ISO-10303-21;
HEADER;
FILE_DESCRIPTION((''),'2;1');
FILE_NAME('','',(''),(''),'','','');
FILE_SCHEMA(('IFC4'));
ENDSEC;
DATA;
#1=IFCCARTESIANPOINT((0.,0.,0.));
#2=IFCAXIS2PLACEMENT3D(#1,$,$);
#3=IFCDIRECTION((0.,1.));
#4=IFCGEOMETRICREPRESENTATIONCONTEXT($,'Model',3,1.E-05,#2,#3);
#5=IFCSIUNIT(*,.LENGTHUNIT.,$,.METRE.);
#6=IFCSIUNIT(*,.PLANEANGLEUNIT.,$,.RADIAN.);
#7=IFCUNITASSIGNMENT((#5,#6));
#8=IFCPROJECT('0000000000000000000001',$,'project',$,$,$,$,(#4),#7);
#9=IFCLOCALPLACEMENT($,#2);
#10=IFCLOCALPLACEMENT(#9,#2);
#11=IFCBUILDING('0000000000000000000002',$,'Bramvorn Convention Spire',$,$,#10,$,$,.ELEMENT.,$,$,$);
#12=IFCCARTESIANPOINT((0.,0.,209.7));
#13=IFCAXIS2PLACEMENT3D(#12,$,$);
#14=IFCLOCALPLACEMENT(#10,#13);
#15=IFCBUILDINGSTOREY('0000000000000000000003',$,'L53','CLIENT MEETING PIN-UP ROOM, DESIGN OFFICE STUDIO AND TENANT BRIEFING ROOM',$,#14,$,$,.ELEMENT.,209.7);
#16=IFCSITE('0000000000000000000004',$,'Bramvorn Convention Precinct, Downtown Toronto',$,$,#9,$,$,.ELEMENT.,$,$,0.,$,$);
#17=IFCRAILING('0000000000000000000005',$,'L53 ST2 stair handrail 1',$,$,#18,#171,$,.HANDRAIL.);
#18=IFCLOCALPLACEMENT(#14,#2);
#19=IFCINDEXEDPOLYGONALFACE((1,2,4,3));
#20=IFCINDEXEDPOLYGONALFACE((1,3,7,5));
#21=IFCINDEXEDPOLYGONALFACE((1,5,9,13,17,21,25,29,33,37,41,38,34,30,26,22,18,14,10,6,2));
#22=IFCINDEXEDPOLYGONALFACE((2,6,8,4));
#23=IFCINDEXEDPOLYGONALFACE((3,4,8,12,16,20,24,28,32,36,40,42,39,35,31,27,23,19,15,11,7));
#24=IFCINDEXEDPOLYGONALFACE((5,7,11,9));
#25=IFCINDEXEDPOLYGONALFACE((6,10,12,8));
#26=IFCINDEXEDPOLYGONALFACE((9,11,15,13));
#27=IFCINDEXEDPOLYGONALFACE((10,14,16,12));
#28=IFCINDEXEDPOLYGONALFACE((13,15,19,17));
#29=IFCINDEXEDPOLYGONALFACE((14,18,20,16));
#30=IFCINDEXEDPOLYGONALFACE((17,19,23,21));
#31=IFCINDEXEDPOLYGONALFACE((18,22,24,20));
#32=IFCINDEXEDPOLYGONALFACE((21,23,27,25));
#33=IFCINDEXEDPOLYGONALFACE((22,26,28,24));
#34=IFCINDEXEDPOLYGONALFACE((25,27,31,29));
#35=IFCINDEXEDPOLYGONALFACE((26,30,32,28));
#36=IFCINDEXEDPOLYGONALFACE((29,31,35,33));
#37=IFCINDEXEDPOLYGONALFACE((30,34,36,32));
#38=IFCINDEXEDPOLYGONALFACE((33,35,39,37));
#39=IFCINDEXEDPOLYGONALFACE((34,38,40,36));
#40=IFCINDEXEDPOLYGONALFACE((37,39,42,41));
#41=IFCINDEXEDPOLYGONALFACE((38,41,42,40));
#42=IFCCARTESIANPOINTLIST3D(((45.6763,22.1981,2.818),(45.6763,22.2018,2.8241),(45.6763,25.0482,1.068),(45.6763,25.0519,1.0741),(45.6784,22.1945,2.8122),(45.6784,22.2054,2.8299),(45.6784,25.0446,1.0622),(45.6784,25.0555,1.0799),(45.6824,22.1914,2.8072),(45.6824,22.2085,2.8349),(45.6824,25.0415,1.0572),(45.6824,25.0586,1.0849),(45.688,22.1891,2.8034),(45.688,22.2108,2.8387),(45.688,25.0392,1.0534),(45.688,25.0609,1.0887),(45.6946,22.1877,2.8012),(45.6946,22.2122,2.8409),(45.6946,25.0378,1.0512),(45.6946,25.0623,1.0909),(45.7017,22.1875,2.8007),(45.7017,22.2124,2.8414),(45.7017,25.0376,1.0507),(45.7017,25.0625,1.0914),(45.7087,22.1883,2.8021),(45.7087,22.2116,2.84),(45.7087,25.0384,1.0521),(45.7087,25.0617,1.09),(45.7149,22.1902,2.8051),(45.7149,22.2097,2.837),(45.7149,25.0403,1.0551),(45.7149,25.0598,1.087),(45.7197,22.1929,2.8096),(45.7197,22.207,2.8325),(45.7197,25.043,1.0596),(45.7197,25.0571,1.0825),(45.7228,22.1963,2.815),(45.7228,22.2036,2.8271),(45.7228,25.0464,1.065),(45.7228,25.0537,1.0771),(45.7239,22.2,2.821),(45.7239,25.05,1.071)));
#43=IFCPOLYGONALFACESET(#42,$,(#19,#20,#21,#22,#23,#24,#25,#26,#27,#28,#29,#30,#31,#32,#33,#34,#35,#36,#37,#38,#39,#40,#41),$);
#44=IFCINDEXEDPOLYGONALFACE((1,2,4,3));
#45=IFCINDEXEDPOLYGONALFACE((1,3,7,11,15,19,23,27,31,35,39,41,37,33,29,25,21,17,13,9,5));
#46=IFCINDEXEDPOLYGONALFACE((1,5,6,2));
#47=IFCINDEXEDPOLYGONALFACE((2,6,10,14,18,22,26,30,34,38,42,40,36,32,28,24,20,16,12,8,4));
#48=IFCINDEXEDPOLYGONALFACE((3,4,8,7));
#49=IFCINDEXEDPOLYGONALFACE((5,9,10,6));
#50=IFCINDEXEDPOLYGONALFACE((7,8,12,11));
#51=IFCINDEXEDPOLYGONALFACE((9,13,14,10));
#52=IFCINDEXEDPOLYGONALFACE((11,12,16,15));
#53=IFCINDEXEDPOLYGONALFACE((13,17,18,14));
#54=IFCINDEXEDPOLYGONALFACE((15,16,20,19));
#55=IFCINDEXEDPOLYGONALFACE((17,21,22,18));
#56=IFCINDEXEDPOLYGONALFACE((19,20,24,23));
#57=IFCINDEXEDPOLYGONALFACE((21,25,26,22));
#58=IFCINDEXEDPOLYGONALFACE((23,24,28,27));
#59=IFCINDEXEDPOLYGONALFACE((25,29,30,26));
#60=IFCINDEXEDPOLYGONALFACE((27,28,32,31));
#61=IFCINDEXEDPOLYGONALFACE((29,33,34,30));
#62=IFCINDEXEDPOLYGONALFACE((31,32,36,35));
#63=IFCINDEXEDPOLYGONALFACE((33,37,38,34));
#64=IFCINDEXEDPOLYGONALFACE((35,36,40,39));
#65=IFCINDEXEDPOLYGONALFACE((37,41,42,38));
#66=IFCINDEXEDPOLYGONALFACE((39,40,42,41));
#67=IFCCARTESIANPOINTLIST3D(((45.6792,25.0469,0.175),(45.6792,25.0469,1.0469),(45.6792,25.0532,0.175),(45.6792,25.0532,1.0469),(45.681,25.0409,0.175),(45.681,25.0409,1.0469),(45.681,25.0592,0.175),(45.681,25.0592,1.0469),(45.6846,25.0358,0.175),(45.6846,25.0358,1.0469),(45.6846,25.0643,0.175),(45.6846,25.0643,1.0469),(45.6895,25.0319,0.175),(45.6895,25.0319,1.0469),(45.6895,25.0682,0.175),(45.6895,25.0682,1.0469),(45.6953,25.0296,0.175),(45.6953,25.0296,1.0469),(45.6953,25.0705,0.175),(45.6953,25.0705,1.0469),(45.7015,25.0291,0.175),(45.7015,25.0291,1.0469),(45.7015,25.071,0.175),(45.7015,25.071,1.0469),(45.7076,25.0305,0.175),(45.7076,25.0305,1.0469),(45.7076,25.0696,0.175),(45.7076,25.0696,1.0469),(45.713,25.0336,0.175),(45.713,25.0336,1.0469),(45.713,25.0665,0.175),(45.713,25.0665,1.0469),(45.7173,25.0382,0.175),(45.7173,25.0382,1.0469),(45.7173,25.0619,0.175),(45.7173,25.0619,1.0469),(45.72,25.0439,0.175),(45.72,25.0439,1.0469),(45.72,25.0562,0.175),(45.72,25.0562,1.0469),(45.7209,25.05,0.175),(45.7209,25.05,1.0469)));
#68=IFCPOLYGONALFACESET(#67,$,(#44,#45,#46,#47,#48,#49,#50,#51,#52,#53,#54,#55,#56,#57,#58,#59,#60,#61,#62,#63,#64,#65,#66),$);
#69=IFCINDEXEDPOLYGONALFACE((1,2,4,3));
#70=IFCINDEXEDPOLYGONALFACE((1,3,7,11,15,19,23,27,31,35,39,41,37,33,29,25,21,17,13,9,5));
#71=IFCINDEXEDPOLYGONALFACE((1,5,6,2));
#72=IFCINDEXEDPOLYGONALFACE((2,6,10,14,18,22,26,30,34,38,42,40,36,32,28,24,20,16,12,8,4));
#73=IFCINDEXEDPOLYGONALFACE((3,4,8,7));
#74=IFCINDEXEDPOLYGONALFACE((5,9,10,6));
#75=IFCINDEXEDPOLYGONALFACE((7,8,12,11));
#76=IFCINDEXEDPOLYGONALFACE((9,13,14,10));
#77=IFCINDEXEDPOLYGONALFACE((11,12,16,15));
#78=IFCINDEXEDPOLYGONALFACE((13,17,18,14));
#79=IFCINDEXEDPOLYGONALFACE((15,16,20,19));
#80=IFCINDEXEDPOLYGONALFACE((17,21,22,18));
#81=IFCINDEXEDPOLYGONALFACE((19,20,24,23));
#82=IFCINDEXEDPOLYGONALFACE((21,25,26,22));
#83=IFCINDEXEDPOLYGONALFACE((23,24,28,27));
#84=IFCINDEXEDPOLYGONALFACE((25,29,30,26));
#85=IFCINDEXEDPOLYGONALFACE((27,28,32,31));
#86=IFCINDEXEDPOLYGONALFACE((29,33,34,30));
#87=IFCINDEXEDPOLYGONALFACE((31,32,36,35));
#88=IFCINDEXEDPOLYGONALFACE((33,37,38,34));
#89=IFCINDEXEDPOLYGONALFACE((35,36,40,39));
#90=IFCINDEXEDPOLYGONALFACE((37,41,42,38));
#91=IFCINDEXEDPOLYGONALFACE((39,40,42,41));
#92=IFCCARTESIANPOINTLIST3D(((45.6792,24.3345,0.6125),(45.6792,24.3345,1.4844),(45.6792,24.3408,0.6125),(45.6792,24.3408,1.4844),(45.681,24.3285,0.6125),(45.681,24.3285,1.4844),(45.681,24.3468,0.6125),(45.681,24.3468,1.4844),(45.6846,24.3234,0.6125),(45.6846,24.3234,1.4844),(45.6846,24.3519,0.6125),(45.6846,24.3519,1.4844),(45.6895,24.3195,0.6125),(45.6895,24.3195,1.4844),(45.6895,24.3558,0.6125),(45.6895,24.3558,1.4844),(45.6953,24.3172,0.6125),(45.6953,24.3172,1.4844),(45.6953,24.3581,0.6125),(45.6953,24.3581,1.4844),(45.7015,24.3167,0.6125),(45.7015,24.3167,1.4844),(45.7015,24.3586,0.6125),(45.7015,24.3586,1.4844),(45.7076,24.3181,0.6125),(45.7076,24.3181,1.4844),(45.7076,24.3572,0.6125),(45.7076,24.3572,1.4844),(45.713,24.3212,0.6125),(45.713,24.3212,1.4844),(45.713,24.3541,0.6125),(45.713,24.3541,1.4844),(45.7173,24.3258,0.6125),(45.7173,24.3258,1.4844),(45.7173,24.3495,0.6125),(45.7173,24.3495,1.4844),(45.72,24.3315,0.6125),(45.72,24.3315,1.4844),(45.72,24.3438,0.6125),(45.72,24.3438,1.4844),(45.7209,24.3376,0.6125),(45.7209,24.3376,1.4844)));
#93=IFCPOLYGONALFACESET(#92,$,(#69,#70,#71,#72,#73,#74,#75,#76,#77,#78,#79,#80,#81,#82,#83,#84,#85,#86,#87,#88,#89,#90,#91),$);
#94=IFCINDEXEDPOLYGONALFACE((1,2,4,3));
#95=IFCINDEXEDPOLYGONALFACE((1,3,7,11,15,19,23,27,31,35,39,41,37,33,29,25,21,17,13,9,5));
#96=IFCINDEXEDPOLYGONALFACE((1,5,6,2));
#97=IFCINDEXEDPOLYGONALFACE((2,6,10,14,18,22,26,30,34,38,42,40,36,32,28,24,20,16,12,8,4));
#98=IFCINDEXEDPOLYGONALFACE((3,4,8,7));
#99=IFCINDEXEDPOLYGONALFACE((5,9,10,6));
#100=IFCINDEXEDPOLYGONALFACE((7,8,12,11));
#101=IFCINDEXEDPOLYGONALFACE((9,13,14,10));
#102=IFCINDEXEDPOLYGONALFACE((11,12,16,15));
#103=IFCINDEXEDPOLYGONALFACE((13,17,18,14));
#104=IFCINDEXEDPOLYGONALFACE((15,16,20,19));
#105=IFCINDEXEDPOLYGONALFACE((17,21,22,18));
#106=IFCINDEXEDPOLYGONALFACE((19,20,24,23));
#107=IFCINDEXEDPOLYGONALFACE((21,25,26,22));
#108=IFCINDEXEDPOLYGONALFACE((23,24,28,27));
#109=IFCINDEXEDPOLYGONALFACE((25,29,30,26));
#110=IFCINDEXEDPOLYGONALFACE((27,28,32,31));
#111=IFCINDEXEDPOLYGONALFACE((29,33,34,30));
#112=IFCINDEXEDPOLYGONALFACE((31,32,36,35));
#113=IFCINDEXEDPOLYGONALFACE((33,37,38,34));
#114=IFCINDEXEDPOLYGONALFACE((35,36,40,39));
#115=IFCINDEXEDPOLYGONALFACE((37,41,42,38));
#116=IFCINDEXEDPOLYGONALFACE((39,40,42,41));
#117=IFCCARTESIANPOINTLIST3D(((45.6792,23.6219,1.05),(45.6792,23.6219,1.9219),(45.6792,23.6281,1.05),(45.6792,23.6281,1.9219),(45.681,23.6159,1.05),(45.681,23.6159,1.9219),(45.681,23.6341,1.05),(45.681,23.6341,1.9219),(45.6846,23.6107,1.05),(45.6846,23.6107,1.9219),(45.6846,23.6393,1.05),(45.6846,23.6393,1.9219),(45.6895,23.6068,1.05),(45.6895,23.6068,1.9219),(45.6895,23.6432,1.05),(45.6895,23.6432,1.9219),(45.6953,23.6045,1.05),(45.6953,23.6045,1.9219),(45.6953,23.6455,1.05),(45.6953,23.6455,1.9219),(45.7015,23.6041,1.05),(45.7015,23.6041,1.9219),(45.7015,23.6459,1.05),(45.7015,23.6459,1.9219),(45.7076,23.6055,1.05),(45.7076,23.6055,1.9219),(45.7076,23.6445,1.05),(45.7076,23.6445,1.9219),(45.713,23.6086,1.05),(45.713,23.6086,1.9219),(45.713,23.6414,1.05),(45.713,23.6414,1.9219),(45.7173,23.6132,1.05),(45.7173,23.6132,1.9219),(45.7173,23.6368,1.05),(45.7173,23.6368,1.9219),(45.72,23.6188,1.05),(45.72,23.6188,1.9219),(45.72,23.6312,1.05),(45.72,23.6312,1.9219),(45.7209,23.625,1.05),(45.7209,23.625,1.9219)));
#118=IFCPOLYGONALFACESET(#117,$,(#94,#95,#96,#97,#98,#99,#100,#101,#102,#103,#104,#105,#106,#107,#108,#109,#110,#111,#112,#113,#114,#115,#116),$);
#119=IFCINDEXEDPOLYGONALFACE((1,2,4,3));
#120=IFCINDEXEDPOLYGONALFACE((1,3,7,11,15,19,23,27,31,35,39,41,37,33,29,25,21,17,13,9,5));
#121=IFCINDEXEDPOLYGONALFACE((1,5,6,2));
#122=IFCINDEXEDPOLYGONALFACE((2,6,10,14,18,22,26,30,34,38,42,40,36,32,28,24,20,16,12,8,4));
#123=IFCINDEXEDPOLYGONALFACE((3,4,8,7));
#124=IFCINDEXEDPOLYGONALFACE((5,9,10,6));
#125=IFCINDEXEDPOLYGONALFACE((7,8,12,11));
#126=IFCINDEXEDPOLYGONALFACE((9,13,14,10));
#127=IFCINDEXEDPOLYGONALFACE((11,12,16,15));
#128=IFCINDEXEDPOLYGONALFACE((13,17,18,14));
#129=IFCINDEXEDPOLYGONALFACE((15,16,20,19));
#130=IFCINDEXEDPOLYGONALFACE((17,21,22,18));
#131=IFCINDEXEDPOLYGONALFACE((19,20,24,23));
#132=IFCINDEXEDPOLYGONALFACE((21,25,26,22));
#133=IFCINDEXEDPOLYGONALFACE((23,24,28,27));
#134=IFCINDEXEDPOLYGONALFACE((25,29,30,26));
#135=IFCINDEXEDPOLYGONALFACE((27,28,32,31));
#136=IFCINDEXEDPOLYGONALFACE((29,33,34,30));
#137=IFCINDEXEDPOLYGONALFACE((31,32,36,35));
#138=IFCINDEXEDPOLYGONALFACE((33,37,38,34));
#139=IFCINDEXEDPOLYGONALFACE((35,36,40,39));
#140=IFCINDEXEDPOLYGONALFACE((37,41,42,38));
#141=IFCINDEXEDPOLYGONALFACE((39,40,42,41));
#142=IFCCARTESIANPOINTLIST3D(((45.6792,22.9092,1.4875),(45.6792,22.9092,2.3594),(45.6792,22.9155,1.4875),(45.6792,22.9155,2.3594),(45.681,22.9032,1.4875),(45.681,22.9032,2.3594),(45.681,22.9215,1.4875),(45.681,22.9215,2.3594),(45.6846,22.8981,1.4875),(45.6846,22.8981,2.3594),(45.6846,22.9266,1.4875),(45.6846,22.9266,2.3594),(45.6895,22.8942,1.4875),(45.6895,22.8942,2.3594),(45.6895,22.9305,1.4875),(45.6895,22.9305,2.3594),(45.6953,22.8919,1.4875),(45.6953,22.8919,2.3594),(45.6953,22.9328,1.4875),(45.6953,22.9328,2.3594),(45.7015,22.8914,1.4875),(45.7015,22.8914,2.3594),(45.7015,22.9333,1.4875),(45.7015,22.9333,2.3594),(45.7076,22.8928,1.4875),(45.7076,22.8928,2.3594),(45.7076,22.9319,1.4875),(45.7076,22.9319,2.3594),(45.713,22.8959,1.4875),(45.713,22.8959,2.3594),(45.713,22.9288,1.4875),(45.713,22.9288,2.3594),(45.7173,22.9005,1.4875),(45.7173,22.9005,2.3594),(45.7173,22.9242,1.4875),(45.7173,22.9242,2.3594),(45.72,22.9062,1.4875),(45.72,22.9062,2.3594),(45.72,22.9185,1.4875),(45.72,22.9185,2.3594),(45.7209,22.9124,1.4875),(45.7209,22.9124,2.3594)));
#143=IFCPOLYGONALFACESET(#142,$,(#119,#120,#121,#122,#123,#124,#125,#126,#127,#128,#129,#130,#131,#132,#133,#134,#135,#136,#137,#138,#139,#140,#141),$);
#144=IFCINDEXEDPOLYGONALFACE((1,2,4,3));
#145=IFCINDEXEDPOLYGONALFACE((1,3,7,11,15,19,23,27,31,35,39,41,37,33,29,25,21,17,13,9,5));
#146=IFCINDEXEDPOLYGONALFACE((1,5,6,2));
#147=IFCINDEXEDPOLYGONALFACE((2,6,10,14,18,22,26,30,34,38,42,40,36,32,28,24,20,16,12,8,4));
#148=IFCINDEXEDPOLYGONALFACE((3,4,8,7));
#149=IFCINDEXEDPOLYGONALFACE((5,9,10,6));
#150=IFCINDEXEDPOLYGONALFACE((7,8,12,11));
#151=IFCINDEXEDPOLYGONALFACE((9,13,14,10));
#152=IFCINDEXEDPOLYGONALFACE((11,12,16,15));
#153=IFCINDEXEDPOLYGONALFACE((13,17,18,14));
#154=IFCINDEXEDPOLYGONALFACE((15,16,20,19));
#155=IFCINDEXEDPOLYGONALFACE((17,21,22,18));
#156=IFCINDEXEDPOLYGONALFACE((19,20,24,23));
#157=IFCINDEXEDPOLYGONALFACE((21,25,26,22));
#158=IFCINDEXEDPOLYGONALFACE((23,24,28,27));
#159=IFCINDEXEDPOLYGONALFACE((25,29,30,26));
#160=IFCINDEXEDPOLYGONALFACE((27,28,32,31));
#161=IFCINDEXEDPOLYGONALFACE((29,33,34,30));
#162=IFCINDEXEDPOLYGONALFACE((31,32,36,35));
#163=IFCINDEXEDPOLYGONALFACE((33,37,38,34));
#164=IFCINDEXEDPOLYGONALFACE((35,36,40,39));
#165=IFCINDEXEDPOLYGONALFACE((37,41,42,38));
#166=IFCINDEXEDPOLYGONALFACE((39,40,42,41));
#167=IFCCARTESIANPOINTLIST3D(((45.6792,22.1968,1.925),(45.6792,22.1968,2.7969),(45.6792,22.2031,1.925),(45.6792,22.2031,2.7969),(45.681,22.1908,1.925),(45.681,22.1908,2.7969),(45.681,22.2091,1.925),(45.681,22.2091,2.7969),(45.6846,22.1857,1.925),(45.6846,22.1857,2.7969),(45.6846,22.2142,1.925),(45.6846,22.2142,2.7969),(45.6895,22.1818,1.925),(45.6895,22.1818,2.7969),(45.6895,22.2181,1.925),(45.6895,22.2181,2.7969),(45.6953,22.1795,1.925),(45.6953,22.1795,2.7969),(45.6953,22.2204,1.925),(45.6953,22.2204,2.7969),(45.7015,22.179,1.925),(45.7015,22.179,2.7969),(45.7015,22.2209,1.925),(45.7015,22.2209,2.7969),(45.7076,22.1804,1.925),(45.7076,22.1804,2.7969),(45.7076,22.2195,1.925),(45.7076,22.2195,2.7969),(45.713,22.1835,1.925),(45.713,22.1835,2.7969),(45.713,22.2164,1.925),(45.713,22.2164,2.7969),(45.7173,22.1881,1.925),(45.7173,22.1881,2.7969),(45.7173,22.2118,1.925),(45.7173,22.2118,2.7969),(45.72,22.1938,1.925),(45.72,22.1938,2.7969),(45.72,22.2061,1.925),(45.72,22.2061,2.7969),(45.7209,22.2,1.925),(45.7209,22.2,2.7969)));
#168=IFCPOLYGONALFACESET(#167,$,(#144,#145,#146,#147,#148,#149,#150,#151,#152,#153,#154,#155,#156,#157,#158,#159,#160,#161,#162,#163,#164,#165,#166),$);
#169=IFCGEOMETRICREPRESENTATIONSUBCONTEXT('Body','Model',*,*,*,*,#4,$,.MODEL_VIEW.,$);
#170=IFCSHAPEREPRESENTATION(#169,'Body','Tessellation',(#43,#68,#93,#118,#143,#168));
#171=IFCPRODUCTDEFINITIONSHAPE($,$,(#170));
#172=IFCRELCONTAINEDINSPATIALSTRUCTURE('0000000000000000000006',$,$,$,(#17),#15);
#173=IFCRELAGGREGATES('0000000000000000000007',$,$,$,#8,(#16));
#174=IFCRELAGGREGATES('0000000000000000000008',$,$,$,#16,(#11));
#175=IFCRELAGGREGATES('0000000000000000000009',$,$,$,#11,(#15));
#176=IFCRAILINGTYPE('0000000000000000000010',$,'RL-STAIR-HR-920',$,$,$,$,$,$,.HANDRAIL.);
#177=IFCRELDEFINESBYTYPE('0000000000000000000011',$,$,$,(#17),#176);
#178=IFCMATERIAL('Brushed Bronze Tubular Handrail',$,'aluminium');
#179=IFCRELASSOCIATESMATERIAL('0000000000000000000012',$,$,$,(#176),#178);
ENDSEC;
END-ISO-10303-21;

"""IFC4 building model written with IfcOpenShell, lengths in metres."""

from ifc_helpers import new_model, si_unit, direction, frame, origin, origin_2d, place, context, subcontext, project, spatial, circle, extrude, material, type_object, element, save


model = new_model("IFC4")

# Units and contexts
model_context = context("Model", 3, precision=1e-05, world=origin(), true_north=direction((0.0, 1.0)))
body_context = subcontext(model_context, "Body", "Model", "MODEL_VIEW")
ifc_project = project(units=[si_unit("LENGTHUNIT", "METRE"), si_unit("PLANEANGLEUNIT", "RADIAN")], contexts=[model_context])

# Site, building, storey
site_placement = place(None, origin())
site = spatial("IfcSite", under=ifc_project, at=site_placement, Name="Bramvorn Convention Precinct, Downtown Toronto", CompositionType="ELEMENT", RefElevation=0.0)
building_placement = place(site_placement, origin())
building = spatial("IfcBuilding", under=site, at=building_placement, Name="Bramvorn Convention Spire", CompositionType="ELEMENT")
storey_placement = place(building_placement, frame((0.0, 0.0, 209.7)))
storey = spatial("IfcBuildingStorey", under=building, at=storey_placement, Name="L53", Description="CLIENT MEETING PIN-UP ROOM, DESIGN OFFICE STUDIO AND TENANT BRIEFING ROOM", CompositionType="ELEMENT", Elevation=209.7)

# Railing
ifc_material_1 = material(Name="Brushed Bronze Tubular Handrail", Category="aluminium")
railing_type_1 = type_object("IfcRailingType", Name="RL-STAIR-HR-920", PredefinedType="HANDRAIL", material=ifc_material_1)
railing_1_placement = place(storey_placement, frame((45.7, 25.05, 0.175)))
element("IfcRailing", 1, at=railing_1_placement, inside=storey, type_object=railing_type_1, Name="L53 ST2 stair handrail 1", PredefinedType="HANDRAIL", context=body_context, shape_type="SweptSolid", body=[
    extrude(circle(Radius=0.0239, at=origin_2d()), frame((0.0, 0.0, 0.896), z_axis=(0.0, -0.852179, 0.52325), x_axis=(1.0, 0.0, 0.0)), (0.0, 0.0, 1.0), 3.3445),
    extrude(circle(Radius=0.021, at=origin_2d()), origin(), (0.0, 0.0, 1.0), 0.8718),
    extrude(circle(Radius=0.021, at=origin_2d()), frame((0.0, -0.7124, 0.4375)), (0.0, 0.0, 1.0), 0.8718),
    extrude(circle(Radius=0.021, at=origin_2d()), frame((0.0, -1.425, 0.875)), (0.0, 0.0, 1.0), 0.8718),
    extrude(circle(Radius=0.021, at=origin_2d()), frame((0.0, -2.1377, 1.3125)), (0.0, 0.0, 1.0), 0.8718),
    extrude(circle(Radius=0.021, at=origin_2d()), frame((0.0, -2.8501, 1.75)), (0.0, 0.0, 1.0), 0.8718),
])

save(model, "model.ifc")
